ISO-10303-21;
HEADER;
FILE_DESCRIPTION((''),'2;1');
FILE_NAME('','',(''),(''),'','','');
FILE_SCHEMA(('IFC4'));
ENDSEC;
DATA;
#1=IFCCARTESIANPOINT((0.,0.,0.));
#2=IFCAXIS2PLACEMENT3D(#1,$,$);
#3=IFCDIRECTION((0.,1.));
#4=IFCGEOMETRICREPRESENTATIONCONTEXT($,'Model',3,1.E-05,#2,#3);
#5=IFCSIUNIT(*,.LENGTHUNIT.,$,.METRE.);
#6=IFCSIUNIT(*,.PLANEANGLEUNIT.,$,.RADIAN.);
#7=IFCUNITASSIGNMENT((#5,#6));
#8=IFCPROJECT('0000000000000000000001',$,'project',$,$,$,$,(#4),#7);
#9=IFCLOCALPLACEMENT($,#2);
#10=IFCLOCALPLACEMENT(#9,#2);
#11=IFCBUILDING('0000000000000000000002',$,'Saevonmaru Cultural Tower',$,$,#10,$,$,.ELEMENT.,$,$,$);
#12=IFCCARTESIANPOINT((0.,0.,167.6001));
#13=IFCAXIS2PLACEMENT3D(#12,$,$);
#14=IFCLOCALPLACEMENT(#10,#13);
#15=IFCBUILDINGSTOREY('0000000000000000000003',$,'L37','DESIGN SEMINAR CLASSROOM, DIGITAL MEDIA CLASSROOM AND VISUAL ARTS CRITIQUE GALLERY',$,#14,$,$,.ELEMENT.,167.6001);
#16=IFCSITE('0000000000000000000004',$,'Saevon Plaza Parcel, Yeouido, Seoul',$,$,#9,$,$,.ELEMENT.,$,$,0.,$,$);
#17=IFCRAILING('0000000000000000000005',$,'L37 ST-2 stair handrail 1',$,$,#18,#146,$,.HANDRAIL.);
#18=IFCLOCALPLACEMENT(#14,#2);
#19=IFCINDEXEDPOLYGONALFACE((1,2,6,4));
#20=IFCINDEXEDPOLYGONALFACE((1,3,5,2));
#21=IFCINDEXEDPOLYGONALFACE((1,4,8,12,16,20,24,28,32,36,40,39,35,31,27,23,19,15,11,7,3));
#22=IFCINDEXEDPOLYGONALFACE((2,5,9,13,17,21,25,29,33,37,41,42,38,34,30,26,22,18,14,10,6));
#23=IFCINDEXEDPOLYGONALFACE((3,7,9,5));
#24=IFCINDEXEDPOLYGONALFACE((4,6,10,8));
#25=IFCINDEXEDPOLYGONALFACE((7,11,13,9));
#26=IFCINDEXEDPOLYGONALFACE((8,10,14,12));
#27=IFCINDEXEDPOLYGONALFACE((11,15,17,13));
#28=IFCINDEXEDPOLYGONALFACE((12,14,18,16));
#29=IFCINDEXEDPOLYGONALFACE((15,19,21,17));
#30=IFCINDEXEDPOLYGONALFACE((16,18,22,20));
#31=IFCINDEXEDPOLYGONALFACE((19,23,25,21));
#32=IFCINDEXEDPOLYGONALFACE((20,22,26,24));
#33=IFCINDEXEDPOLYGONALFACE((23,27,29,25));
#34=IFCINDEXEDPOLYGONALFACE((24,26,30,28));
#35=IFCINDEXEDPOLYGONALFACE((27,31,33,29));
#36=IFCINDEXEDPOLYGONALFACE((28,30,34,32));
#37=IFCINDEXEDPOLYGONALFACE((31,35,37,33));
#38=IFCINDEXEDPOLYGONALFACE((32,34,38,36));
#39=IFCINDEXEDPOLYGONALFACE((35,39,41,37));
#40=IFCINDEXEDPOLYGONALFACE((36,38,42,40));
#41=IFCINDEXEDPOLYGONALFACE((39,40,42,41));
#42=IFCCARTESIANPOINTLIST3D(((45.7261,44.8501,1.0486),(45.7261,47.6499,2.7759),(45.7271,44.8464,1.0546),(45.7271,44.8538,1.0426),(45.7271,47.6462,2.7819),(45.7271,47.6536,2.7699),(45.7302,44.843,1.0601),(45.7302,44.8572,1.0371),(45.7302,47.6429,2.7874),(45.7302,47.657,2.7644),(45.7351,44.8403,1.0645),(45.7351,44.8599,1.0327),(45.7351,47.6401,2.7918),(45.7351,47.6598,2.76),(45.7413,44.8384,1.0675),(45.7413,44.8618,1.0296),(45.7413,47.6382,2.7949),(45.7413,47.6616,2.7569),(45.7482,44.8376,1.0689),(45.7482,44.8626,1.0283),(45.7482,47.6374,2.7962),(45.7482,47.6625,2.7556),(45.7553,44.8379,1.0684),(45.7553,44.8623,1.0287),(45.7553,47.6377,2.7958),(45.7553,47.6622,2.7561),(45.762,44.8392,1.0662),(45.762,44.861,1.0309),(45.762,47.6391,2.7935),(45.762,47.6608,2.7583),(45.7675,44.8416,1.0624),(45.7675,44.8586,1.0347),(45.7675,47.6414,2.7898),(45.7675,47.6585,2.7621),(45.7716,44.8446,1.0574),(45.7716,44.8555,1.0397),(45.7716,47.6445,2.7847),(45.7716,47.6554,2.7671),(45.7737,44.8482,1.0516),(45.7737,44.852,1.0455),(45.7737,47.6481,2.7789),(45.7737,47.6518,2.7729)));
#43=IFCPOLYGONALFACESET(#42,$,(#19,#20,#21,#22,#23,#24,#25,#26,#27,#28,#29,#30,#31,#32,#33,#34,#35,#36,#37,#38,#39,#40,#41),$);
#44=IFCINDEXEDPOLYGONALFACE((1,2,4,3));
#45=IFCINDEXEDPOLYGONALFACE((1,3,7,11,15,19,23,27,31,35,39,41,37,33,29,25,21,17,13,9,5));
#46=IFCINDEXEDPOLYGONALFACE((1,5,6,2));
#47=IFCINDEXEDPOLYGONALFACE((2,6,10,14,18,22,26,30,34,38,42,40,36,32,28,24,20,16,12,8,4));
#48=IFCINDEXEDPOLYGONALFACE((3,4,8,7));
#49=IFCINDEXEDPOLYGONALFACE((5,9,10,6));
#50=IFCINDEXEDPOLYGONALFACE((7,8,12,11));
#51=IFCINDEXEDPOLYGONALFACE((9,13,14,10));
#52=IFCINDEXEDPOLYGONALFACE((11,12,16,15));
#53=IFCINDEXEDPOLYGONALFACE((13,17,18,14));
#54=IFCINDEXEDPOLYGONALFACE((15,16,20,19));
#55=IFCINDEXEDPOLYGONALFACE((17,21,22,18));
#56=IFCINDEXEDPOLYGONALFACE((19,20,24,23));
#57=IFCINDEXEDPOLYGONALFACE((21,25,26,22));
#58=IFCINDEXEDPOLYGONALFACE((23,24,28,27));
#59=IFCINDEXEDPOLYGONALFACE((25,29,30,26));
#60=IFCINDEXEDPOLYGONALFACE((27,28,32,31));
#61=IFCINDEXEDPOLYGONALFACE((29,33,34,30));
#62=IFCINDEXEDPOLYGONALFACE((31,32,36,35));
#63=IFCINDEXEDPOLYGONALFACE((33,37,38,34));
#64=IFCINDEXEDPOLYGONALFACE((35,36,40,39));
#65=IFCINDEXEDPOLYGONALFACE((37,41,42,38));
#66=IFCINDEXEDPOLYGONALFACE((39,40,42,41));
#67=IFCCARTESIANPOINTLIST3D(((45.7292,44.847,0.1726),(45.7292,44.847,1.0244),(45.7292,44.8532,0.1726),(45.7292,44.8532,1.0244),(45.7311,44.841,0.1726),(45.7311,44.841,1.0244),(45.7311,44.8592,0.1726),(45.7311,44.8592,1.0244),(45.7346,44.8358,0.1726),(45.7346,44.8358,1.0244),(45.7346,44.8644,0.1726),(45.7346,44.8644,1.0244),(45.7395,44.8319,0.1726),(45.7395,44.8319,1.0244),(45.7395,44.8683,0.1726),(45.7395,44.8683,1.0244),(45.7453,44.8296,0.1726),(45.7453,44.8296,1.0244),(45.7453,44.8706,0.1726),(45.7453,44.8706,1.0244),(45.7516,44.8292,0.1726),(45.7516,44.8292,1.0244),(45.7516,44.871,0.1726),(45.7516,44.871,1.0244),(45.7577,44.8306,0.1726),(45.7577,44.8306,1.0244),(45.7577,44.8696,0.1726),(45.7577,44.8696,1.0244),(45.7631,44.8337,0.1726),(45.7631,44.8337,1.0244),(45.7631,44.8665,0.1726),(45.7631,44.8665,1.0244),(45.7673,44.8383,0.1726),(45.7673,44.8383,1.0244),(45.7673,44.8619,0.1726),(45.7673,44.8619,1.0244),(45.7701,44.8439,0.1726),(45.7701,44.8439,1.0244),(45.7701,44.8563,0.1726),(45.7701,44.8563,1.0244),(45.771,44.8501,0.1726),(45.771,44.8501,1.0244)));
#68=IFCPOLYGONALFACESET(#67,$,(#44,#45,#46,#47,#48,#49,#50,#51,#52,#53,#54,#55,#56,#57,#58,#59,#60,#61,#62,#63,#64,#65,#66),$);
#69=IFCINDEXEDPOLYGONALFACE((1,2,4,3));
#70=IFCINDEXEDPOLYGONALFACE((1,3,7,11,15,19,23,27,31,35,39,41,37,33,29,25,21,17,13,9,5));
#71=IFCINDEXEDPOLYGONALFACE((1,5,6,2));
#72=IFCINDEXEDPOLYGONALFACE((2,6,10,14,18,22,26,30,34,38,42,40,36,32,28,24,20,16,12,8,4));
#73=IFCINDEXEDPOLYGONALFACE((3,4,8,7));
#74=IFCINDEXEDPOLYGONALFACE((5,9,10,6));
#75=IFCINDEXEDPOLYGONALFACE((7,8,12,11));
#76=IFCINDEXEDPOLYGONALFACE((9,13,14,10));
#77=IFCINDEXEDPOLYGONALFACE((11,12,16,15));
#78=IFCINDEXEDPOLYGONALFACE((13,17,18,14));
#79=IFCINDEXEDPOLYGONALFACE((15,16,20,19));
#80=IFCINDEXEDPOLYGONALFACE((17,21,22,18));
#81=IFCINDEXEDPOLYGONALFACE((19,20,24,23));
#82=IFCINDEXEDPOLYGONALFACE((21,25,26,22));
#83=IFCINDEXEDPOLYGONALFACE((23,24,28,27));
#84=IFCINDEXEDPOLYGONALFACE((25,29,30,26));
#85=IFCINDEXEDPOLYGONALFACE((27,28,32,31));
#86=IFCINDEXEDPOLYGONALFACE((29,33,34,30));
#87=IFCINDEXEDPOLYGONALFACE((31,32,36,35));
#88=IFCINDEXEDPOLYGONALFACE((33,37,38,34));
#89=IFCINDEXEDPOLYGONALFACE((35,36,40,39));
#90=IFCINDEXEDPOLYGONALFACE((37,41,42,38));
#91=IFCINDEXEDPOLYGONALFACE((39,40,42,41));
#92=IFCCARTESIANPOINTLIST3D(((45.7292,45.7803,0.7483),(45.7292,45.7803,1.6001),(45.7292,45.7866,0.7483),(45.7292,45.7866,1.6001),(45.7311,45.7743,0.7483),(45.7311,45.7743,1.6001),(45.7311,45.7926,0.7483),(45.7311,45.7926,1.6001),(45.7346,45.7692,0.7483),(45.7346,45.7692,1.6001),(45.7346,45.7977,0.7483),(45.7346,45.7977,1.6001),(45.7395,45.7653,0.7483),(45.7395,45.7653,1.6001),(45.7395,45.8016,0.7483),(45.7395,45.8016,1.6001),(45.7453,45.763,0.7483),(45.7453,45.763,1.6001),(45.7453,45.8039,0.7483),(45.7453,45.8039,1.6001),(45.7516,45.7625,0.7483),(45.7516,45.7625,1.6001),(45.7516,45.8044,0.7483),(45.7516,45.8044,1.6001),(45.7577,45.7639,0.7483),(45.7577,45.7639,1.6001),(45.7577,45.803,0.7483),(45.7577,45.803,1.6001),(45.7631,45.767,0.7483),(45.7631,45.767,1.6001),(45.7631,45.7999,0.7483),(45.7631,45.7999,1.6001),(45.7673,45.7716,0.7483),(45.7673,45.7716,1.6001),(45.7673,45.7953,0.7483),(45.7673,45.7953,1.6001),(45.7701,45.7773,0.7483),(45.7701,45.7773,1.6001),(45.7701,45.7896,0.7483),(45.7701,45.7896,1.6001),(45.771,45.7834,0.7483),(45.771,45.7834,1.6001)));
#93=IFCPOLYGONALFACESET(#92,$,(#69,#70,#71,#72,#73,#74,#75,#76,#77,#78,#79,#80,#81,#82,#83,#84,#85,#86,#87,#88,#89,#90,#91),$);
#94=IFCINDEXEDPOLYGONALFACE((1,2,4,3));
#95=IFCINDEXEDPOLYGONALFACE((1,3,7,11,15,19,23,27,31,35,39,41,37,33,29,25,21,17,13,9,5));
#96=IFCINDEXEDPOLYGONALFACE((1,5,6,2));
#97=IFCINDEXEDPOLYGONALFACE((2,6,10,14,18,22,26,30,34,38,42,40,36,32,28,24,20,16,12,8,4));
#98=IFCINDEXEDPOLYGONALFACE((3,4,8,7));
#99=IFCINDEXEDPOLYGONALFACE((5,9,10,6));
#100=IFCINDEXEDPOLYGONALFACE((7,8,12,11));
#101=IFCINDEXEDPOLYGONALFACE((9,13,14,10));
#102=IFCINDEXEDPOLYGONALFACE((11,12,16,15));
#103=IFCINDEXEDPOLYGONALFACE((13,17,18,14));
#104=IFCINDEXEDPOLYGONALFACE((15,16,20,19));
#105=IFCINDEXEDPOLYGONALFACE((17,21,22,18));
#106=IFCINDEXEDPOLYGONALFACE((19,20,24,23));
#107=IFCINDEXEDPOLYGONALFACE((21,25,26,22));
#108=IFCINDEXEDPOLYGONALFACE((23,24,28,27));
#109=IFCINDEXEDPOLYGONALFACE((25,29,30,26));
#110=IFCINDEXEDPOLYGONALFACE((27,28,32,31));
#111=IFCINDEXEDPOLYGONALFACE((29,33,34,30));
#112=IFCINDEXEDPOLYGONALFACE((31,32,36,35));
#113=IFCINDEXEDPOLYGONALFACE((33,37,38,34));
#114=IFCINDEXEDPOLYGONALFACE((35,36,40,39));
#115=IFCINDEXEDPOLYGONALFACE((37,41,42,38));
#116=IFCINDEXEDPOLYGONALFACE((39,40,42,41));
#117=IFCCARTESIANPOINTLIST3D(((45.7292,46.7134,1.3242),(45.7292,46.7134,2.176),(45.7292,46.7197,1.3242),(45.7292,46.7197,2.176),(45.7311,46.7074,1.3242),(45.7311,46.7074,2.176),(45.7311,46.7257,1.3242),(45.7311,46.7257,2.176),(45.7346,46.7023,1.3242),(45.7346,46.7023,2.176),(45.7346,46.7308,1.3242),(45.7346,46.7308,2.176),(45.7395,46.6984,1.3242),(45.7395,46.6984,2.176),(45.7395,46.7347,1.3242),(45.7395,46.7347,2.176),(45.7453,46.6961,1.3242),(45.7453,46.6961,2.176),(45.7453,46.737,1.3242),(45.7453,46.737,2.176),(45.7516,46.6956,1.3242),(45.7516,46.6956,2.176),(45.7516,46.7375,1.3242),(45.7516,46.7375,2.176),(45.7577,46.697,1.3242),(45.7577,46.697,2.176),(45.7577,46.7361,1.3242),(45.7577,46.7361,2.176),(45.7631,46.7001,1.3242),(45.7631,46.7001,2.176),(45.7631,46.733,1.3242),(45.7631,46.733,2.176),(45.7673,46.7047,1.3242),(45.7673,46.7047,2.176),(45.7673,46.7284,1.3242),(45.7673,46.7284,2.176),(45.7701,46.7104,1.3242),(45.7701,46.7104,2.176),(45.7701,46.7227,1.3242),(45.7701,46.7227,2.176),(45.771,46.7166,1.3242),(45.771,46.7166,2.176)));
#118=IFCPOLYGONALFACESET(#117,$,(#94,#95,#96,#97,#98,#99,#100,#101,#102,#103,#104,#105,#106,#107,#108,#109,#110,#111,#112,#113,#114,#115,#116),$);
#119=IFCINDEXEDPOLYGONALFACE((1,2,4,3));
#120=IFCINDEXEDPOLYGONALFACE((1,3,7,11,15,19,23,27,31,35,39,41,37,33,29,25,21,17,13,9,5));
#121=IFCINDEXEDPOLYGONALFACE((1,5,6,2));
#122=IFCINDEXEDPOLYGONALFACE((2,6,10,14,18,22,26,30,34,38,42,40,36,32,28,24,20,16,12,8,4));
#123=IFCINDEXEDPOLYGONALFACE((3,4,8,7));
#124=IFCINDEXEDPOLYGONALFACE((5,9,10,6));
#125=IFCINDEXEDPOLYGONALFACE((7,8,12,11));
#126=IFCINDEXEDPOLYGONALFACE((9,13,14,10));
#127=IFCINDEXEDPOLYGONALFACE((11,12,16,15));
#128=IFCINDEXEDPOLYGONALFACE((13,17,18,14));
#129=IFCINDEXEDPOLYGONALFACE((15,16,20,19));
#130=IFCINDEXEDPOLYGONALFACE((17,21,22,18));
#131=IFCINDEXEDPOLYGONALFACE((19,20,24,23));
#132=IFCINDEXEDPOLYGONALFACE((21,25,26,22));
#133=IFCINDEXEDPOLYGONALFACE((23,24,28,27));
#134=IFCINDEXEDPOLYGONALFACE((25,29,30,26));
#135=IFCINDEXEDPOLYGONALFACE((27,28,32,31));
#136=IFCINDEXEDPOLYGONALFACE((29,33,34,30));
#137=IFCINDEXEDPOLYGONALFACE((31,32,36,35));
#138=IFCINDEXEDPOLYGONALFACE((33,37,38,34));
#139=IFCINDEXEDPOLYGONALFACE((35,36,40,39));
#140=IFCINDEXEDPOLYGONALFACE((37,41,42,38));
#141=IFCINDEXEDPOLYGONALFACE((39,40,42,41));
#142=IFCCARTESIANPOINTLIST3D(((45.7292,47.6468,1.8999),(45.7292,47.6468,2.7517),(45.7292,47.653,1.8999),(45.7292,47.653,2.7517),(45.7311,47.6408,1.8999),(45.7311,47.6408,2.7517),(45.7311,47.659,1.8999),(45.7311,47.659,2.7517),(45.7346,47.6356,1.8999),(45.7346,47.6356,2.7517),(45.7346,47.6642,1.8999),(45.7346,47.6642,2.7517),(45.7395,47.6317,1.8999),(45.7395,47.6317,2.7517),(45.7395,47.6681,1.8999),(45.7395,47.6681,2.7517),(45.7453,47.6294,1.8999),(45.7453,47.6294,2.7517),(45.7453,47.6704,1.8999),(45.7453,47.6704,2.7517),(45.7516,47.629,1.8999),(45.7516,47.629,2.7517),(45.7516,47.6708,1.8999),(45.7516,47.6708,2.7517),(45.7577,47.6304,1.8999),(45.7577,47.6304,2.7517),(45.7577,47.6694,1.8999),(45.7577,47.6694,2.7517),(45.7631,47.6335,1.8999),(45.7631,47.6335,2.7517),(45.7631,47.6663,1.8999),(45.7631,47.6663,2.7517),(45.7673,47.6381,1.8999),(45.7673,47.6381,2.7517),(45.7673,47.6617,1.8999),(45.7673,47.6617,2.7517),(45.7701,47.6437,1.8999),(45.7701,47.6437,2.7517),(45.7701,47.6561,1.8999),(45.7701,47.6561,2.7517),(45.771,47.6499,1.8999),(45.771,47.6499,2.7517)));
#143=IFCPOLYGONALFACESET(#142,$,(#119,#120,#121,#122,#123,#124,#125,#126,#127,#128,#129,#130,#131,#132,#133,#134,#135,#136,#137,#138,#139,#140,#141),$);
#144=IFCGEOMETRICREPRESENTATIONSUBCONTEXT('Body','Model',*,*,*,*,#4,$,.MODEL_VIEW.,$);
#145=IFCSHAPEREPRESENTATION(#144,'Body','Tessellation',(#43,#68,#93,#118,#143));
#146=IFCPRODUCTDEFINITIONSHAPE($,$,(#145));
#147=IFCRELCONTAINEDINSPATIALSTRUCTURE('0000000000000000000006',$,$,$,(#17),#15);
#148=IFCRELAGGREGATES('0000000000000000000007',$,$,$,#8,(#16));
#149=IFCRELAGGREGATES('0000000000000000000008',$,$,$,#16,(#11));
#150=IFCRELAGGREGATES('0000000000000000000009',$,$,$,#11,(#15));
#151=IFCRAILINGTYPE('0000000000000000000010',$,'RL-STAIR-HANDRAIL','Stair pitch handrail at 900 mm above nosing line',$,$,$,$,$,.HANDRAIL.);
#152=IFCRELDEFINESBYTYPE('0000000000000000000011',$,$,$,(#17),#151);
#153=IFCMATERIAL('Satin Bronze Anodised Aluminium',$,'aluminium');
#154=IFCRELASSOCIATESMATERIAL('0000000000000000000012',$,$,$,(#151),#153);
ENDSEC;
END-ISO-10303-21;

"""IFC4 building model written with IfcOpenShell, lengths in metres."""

from ifc_helpers import new_model, si_unit, direction, frame, origin, origin_2d, place, context, subcontext, project, spatial, circle, extrude, material, type_object, element, save


model = new_model("IFC4")

# Units and contexts
model_context = context("Model", 3, precision=1e-05, world=origin(), true_north=direction((0.0, 1.0)))
body_context = subcontext(model_context, "Body", "Model", "MODEL_VIEW")
ifc_project = project(units=[si_unit("LENGTHUNIT", "METRE"), si_unit("PLANEANGLEUNIT", "RADIAN")], contexts=[model_context])

# Site, building, storey
site_placement = place(None, origin())
site = spatial("IfcSite", under=ifc_project, at=site_placement, Name="Saevon Plaza Parcel, Yeouido, Seoul", CompositionType="ELEMENT", RefElevation=0.0)
building_placement = place(site_placement, origin())
building = spatial("IfcBuilding", under=site, at=building_placement, Name="Saevonmaru Cultural Tower", CompositionType="ELEMENT")
storey_placement = place(building_placement, frame((0.0, 0.0, 167.6001)))
storey = spatial("IfcBuildingStorey", under=building, at=storey_placement, Name="L37", Description="DESIGN SEMINAR CLASSROOM, DIGITAL MEDIA CLASSROOM AND VISUAL ARTS CRITIQUE GALLERY", CompositionType="ELEMENT", Elevation=167.6001)

# Shared definitions
ifc_material_1 = material(Name="Satin Bronze Anodised Aluminium", Category="aluminium")

# Railing
railing_type_1 = type_object("IfcRailingType", Name="RL-STAIR-HANDRAIL", Description="Stair pitch handrail at 900 mm above nosing line", PredefinedType="HANDRAIL", material=ifc_material_1)
railing_1_placement = place(storey_placement, frame((45.75, 44.8501, 0.1726)))
element("IfcRailing", 1, at=railing_1_placement, inside=storey, type_object=railing_type_1, Name="L37 ST-2 stair handrail 1", PredefinedType="HANDRAIL", context=body_context, shape_type="SweptSolid", body=[
    extrude(circle(Radius=0.0239, at=origin_2d()), frame((0.0, 0.0, 0.876), z_axis=(0.0, 0.851069, 0.525054), x_axis=(-1.0, 0.0, 0.0)), (0.0, 0.0, 1.0), 3.2898),
    extrude(circle(Radius=0.021, at=origin_2d()), origin(), (0.0, 0.0, 1.0), 0.8518),
    extrude(circle(Radius=0.021, at=origin_2d()), frame((0.0, 0.9333, 0.5757)), (0.0, 0.0, 1.0), 0.8518),
    extrude(circle(Radius=0.021, at=origin_2d()), frame((0.0, 1.8665, 1.1516)), (0.0, 0.0, 1.0), 0.8518),
    extrude(circle(Radius=0.021, at=origin_2d()), frame((0.0, 2.7998, 1.7273)), (0.0, 0.0, 1.0), 0.8518),
])

save(model, "model.ifc")
